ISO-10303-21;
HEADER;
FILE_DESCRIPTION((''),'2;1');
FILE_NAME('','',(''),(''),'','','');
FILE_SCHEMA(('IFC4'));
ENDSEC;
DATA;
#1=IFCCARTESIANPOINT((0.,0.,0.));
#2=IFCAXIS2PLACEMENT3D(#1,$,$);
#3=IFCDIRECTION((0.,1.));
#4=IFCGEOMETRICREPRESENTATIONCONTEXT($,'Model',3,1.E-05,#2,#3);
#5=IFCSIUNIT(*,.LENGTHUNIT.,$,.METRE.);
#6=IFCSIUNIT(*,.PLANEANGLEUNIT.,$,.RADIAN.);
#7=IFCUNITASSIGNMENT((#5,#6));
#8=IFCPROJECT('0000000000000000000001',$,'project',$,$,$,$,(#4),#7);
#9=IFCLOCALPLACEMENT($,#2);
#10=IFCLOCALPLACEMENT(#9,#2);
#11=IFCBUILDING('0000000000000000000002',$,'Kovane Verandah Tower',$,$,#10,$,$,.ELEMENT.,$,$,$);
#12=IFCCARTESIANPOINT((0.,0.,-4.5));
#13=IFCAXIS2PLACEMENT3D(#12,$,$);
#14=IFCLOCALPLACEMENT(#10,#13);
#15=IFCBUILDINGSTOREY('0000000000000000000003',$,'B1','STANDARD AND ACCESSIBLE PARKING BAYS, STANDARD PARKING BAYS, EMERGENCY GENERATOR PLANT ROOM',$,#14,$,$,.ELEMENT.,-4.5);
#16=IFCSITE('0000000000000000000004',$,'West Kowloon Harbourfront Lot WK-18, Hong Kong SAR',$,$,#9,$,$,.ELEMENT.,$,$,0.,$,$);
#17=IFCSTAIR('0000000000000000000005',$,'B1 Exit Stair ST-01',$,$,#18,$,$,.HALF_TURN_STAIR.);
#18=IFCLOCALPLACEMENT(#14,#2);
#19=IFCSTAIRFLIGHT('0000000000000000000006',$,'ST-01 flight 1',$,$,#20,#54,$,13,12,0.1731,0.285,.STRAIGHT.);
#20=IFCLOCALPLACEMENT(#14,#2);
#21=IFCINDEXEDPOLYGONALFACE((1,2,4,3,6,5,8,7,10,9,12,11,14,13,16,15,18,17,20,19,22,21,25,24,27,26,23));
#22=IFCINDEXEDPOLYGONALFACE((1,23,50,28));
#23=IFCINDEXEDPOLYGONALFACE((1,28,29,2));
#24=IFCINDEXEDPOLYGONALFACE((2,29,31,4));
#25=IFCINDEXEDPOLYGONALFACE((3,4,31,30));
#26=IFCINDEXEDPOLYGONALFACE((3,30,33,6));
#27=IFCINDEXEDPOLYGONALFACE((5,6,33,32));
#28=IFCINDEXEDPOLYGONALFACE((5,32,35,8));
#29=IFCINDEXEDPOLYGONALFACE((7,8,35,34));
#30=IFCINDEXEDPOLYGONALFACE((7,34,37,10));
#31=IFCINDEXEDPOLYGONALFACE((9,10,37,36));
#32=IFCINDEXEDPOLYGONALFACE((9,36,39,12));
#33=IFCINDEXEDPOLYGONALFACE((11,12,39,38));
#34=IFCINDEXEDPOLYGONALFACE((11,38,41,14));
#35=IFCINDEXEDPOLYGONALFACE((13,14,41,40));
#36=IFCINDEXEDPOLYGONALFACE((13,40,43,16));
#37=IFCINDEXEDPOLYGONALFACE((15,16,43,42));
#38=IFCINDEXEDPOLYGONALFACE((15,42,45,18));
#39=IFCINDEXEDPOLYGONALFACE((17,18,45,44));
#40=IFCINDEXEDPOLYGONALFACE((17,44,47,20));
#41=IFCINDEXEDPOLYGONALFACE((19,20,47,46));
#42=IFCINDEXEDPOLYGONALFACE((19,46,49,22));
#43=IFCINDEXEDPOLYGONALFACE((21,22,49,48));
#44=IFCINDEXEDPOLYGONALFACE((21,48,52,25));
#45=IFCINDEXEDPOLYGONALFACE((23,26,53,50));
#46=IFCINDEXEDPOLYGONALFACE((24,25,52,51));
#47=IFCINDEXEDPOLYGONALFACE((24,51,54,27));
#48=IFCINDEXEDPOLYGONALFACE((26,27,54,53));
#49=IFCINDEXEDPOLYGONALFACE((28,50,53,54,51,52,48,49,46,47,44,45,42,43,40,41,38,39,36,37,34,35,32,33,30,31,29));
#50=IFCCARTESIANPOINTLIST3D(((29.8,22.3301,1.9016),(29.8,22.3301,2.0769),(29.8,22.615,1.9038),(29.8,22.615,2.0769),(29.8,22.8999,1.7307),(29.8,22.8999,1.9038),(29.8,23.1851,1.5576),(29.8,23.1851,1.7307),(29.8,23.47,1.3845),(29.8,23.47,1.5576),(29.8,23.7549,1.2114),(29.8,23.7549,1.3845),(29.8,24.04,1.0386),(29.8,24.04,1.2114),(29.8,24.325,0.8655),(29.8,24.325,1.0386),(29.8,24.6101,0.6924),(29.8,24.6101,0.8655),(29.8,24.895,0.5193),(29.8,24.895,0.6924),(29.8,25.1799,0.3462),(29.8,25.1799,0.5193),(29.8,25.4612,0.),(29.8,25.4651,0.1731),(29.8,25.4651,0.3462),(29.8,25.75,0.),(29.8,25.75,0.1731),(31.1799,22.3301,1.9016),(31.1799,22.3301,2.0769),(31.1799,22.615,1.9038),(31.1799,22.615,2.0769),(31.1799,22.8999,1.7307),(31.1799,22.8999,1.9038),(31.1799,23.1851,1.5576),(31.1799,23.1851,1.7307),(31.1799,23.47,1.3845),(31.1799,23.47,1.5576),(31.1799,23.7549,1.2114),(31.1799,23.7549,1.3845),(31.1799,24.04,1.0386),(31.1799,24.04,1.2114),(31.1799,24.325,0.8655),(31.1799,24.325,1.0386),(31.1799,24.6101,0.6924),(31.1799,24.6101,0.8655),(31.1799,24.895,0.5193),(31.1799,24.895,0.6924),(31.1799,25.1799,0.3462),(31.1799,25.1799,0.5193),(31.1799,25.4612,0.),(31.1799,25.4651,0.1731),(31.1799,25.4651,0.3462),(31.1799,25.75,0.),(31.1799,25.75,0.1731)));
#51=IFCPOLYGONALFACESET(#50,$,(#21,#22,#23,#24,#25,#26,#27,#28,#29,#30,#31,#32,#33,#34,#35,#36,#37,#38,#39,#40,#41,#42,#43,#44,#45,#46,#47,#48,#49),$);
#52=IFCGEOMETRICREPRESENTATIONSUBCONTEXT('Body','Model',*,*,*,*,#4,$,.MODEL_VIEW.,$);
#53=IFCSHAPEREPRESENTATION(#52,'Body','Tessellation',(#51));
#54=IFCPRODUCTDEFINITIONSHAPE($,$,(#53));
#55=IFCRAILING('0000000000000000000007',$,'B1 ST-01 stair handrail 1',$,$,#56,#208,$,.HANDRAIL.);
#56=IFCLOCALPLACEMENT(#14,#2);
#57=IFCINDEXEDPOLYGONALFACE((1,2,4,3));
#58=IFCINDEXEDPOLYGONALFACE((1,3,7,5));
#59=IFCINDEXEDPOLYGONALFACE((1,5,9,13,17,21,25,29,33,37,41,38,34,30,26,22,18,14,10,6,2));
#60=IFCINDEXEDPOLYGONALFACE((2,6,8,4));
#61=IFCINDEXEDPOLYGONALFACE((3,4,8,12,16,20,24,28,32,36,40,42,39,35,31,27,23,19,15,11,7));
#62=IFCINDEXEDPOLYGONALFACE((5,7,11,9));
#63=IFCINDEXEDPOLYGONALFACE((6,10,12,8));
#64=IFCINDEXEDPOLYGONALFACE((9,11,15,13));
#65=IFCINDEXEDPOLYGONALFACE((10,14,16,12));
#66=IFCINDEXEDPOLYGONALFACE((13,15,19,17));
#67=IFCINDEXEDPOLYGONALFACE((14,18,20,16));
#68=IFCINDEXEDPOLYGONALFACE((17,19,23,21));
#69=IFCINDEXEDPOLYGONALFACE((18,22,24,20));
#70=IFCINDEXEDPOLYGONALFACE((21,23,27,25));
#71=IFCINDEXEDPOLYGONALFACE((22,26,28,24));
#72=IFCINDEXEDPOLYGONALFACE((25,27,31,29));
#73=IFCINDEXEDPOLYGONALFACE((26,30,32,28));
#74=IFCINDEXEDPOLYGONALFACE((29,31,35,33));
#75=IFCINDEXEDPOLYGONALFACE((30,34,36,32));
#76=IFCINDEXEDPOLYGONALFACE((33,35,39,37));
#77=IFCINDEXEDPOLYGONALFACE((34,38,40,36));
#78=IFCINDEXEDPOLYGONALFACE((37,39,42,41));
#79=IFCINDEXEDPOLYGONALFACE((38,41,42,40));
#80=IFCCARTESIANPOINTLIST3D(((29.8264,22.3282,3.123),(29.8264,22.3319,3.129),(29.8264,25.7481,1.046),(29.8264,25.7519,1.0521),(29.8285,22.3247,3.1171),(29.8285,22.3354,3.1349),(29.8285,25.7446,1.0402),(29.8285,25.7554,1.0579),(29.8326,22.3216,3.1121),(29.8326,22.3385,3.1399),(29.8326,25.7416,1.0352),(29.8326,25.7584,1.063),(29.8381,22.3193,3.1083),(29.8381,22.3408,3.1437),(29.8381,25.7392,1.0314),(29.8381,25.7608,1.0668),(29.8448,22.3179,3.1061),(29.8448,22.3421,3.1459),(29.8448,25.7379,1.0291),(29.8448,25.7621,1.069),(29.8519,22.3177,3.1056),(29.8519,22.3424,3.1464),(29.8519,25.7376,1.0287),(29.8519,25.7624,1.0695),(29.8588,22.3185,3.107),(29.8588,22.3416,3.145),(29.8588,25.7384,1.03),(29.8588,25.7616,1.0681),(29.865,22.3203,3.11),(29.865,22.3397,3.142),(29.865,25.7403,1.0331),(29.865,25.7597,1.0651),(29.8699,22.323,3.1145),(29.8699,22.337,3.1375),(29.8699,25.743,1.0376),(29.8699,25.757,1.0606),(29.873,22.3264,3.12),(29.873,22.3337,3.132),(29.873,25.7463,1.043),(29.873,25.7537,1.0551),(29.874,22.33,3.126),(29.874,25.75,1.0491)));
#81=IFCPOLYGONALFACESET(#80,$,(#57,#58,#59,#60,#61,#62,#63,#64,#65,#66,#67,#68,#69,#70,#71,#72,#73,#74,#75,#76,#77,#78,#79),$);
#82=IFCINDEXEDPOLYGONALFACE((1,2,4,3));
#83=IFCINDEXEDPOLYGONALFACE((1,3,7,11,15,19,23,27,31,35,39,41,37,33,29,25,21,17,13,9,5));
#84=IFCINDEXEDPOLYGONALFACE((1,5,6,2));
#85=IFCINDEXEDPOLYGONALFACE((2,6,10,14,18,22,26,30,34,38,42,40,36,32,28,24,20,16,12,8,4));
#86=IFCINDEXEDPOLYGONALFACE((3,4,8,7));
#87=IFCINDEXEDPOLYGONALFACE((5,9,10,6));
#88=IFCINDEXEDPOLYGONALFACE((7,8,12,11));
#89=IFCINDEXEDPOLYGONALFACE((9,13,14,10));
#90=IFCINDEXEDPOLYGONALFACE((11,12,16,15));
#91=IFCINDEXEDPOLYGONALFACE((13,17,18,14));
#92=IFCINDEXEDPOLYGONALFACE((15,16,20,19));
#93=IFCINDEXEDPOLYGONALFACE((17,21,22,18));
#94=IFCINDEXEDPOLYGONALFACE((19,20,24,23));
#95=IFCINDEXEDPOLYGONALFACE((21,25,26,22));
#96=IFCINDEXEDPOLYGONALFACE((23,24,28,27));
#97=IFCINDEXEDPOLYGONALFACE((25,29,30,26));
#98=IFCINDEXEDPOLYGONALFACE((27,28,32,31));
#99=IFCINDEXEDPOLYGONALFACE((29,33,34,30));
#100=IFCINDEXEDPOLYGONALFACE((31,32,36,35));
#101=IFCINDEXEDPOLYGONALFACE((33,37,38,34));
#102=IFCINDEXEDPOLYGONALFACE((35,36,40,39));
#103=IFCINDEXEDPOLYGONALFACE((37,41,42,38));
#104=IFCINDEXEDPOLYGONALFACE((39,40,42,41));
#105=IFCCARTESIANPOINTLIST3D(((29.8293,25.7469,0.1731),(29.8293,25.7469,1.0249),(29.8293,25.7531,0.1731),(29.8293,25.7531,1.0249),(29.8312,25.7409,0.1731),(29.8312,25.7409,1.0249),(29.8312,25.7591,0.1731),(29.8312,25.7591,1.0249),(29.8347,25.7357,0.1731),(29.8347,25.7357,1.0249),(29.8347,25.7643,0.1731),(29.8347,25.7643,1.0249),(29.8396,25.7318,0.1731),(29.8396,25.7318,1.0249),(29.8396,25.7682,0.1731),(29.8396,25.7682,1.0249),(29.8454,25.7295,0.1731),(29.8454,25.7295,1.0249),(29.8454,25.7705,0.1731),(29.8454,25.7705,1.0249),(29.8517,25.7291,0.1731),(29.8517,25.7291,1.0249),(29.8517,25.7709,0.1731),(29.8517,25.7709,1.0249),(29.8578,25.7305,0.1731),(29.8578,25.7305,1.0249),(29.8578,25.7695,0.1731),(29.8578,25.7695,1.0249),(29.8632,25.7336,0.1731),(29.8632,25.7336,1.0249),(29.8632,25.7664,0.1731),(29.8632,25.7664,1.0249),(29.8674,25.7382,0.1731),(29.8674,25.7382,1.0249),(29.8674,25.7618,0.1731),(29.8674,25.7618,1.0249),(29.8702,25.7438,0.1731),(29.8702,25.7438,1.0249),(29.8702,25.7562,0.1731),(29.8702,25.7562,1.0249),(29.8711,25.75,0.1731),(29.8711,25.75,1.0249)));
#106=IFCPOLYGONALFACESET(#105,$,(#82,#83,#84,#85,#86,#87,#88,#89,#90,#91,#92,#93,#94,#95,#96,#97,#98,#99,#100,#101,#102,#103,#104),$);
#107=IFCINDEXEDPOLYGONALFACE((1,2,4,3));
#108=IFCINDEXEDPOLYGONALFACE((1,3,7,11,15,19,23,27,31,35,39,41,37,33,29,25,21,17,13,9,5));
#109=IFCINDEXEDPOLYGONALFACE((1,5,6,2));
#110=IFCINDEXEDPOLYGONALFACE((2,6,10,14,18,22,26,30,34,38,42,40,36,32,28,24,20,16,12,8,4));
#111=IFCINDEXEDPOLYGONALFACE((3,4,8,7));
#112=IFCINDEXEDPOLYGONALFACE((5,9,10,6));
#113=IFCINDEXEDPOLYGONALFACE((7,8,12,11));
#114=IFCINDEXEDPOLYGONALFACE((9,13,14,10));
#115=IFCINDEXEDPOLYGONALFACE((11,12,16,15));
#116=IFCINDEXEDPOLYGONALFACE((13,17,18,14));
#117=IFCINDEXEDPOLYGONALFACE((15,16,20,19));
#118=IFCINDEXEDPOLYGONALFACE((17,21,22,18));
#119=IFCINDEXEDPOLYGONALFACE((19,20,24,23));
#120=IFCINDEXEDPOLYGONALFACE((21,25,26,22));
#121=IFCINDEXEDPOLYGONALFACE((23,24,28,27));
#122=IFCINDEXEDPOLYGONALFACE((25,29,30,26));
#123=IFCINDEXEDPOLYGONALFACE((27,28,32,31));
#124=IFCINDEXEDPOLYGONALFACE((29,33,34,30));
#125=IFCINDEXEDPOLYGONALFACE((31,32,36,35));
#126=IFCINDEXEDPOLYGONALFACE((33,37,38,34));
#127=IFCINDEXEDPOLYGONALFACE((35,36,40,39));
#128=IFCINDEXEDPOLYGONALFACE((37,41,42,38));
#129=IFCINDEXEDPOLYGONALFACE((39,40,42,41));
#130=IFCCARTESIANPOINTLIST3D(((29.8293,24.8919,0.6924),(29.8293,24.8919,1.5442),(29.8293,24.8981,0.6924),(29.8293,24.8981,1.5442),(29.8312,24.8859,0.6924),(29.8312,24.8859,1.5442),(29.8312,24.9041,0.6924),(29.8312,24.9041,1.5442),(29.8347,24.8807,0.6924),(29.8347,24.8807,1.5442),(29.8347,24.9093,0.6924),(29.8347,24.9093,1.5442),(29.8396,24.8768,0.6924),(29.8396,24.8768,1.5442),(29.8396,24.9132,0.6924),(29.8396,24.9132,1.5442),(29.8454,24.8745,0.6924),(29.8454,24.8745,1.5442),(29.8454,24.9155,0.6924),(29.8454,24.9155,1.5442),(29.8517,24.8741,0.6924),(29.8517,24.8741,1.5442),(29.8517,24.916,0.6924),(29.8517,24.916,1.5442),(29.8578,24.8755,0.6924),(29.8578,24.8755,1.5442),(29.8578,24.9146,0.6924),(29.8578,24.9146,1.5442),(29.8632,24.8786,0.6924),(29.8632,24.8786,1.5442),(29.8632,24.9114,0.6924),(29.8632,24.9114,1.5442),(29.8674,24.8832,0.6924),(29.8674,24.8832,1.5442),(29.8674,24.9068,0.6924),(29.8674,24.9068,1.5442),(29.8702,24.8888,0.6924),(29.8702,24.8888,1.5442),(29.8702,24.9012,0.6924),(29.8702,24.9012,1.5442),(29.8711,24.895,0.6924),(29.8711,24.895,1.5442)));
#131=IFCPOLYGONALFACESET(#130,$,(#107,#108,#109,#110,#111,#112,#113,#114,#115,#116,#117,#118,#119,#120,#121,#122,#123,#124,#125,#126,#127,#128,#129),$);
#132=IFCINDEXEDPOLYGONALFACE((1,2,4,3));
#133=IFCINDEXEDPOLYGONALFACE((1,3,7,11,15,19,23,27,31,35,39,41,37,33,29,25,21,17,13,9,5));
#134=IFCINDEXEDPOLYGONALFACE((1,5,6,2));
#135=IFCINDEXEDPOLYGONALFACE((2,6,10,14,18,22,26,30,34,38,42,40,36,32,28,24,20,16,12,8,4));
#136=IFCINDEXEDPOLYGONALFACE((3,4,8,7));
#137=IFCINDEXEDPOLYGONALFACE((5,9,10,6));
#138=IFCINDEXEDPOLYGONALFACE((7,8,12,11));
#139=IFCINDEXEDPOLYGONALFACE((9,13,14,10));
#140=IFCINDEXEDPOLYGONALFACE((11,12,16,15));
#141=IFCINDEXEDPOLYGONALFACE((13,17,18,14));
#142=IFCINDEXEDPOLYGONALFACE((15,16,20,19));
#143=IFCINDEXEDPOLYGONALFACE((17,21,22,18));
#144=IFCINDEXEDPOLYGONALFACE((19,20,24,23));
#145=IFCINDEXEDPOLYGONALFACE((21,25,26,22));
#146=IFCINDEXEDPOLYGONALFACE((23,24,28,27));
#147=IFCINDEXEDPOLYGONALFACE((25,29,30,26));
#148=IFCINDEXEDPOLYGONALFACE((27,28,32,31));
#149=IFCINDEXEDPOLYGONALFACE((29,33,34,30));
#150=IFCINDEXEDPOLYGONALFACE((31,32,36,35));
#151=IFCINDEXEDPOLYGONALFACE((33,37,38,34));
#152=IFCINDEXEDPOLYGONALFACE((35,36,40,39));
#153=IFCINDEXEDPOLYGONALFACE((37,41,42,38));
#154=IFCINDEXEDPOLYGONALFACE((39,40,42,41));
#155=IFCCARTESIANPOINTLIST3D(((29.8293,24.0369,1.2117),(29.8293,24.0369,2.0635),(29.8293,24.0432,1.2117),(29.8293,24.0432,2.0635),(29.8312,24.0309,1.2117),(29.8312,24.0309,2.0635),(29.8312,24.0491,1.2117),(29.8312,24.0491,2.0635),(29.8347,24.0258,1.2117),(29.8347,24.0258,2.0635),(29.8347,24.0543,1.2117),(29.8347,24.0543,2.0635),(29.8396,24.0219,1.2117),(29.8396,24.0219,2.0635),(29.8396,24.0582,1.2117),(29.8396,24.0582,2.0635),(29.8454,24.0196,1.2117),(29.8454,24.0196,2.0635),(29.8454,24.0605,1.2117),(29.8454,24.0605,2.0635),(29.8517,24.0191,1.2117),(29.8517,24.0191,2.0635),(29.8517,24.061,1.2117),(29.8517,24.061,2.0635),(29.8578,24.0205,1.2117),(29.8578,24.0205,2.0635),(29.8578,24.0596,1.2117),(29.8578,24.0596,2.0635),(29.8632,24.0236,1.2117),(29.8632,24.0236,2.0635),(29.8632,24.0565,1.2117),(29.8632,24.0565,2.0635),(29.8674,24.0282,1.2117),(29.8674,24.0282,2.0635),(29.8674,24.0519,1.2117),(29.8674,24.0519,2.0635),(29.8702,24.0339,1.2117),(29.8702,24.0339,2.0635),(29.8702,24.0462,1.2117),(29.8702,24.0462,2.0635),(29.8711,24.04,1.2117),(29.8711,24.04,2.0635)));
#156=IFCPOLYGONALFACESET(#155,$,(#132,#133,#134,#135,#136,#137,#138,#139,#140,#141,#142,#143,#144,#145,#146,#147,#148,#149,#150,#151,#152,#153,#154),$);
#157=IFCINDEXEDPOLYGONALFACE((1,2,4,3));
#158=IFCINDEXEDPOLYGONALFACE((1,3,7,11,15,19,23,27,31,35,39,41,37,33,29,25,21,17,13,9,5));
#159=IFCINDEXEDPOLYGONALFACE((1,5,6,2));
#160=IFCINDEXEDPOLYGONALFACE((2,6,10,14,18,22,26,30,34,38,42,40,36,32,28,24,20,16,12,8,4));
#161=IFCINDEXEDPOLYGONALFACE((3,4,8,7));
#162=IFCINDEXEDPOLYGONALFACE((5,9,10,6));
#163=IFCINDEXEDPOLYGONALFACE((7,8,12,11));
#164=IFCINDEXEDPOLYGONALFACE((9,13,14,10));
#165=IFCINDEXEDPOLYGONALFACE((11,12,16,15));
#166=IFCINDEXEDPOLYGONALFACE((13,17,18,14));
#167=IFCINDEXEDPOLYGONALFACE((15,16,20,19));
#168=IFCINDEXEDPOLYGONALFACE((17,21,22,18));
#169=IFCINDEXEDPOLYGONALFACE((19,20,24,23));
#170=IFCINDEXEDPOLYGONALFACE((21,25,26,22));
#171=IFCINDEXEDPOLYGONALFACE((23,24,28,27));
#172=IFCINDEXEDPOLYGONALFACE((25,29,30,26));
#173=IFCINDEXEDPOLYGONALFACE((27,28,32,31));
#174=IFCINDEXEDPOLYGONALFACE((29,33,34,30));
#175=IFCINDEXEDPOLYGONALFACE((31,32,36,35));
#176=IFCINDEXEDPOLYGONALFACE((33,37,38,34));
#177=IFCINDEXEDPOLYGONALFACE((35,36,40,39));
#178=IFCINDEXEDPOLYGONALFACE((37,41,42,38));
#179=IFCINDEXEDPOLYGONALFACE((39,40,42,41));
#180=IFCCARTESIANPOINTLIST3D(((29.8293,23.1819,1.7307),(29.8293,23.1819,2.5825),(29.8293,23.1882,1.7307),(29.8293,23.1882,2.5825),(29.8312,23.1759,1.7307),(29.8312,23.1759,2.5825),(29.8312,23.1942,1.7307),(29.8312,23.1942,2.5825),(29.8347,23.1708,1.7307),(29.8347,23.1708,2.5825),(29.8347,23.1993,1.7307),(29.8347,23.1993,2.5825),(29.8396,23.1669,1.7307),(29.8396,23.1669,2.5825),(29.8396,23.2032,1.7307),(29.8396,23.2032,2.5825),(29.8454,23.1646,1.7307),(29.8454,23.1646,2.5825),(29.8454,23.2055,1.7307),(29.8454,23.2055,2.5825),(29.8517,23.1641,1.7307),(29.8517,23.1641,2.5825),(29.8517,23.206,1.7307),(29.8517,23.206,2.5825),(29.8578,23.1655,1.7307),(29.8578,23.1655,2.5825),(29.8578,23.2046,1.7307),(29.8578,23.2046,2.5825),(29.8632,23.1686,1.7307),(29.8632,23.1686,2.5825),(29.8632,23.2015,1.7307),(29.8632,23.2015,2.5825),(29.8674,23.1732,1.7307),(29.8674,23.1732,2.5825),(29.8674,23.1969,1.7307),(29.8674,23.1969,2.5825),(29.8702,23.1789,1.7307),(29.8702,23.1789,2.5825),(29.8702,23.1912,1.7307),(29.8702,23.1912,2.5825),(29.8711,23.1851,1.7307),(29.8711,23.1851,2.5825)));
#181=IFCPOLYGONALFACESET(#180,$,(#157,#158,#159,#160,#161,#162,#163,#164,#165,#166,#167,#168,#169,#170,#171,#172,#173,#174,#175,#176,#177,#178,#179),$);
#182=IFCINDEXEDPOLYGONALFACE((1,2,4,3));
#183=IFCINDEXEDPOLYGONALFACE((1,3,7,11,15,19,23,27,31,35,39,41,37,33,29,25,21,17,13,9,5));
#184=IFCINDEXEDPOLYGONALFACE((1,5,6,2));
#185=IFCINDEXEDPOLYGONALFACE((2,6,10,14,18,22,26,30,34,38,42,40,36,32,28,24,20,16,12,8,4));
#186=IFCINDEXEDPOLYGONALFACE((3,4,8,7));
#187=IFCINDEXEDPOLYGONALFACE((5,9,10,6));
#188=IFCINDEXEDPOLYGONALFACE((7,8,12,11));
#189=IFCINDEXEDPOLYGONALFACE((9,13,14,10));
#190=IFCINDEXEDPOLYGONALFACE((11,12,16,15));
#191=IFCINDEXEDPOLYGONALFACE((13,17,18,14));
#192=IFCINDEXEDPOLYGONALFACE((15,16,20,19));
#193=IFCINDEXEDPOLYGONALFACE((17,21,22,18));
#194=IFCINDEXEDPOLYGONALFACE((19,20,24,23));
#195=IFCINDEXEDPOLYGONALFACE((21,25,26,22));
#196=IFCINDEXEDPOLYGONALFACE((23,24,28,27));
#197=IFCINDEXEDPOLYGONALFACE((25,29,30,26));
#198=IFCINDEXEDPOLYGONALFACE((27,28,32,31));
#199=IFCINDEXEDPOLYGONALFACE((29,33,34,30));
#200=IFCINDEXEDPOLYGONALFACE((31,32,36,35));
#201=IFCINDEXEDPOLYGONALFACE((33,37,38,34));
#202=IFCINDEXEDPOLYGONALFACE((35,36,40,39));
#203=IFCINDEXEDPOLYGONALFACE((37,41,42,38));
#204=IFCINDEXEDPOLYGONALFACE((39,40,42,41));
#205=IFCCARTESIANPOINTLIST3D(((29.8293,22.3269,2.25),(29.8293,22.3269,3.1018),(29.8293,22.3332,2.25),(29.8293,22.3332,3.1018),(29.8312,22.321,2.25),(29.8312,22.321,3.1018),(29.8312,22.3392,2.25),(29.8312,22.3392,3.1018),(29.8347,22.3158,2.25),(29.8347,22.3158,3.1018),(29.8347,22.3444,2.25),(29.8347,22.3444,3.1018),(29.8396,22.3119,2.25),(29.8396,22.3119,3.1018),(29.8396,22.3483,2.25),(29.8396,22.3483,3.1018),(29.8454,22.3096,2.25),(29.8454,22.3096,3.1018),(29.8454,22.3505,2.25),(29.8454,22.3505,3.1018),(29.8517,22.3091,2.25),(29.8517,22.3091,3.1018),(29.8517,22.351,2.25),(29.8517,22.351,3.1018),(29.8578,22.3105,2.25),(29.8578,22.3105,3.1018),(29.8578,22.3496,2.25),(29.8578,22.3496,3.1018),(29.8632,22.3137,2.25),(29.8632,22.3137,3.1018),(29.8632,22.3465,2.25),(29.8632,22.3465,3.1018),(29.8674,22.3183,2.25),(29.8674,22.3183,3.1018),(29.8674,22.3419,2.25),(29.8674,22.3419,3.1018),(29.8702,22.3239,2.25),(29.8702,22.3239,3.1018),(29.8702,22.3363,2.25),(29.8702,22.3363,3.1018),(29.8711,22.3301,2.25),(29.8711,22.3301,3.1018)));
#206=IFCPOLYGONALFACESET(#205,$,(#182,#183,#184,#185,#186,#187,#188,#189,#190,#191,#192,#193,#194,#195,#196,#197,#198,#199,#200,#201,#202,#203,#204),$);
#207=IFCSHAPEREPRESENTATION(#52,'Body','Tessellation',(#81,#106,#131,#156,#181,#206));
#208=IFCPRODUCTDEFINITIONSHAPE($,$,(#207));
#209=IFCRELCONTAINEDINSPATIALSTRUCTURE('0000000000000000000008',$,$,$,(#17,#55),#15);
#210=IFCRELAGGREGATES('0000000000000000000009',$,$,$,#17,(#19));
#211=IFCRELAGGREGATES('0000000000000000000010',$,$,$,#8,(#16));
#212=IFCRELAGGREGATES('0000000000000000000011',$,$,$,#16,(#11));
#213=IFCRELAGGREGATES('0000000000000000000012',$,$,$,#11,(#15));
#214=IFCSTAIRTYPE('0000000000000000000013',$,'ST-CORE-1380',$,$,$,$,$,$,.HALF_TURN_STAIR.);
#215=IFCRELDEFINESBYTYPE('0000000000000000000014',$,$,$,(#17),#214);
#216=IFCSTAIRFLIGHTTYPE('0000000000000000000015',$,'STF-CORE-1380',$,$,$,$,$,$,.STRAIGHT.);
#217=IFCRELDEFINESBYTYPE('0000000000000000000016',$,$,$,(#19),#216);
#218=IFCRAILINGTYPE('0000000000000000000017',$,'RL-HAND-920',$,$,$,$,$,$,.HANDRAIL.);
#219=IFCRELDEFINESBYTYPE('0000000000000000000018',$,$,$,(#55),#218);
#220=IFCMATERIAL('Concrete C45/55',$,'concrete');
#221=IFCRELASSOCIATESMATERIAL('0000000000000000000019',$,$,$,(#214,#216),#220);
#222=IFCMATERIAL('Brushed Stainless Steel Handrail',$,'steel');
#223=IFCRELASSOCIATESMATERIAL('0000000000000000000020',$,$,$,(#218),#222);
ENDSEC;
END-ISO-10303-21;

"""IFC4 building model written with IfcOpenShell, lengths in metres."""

from ifc_helpers import new_model, si_unit, direction, frame, origin, origin_2d, place, context, subcontext, project, spatial, polyline, circle, outline, extrude, material, type_object, element, aggregate, save


model = new_model("IFC4")

# Units and contexts
model_context = context("Model", 3, precision=1e-05, world=origin(), true_north=direction((0.0, 1.0)))
body_context = subcontext(model_context, "Body", "Model", "MODEL_VIEW")
ifc_project = project(units=[si_unit("LENGTHUNIT", "METRE"), si_unit("PLANEANGLEUNIT", "RADIAN")], contexts=[model_context])

# Site, building, storey
site_placement = place(None, origin())
site = spatial("IfcSite", under=ifc_project, at=site_placement, Name="West Kowloon Harbourfront Lot WK-18, Hong Kong SAR", CompositionType="ELEMENT", RefElevation=0.0)
building_placement = place(site_placement, origin())
building = spatial("IfcBuilding", under=site, at=building_placement, Name="Kovane Verandah Tower", CompositionType="ELEMENT")
storey_placement = place(building_placement, frame((0.0, 0.0, -4.5)))
storey = spatial("IfcBuildingStorey", under=building, at=storey_placement, Name="B1", Description="STANDARD AND ACCESSIBLE PARKING BAYS, STANDARD PARKING BAYS, EMERGENCY GENERATOR PLANT ROOM", CompositionType="ELEMENT", Elevation=-4.5)

# Shared definitions
ifc_material_1 = material(Name="Concrete C45/55", Category="concrete")

# Stair, stair flight
stair_type = type_object("IfcStairType", Name="ST-CORE-1380", PredefinedType="HALF_TURN_STAIR", material=ifc_material_1)
stair_placement = place(storey_placement, origin())
stair = element("IfcStair", 1, at=stair_placement, inside=storey, type_object=stair_type, Name="B1 Exit Stair ST-01", PredefinedType="HALF_TURN_STAIR")
stair_flight_type = type_object("IfcStairFlightType", Name="STF-CORE-1380", PredefinedType="STRAIGHT", material=ifc_material_1)
stair_flight_placement = place(storey_placement, frame((30.49, 25.75, 0.0), z_axis=(0.0, 0.0, 1.0), x_axis=(0.0, -1.0, 0.0)))
stair_flight = element("IfcStairFlight", 2, at=stair_flight_placement, type_object=stair_flight_type, Name="ST-01 flight 1", NumberOfRisers=13, NumberOfTreads=12, PredefinedType="STRAIGHT", RiserHeight=0.1731, TreadLength=0.285, context=body_context, shape_type="SweptSolid", body=[
    extrude(outline(polyline([(0.0, 0.0), (0.0, 0.1731), (0.2849, 0.1731), (0.2849, 0.3462), (0.5701, 0.3462), (0.5701, 0.5193), (0.855, 0.5193), (0.855, 0.6924), (1.1399, 0.6924), (1.1399, 0.8655), (1.425, 0.8655), (1.425, 1.0386), (1.71, 1.0386), (1.71, 1.2114), (1.9951, 1.2114), (1.9951, 1.3845), (2.28, 1.3845), (2.28, 1.5576), (2.5649, 1.5576), (2.5649, 1.7307), (2.8501, 1.7307), (2.8501, 1.9038), (3.135, 1.9038), (3.135, 2.0769), (3.4199, 2.0769), (3.4199, 2.25), (3.4199, 1.9016), (0.2888, 0.0), (0.0, 0.0)])), frame((0.0, 0.6899, 0.0), z_axis=(0.0, -1.0, 0.0), x_axis=(1.0, 0.0, 0.0)), (0.0, 0.0, 1.0), 1.3799),
])
aggregate(stair, [stair_flight])

# Railing
ifc_material_2 = material(Name="Brushed Stainless Steel Handrail", Category="steel")
railing_type_1 = type_object("IfcRailingType", Name="RL-HAND-920", PredefinedType="HANDRAIL", material=ifc_material_2)
railing_1_placement = place(storey_placement, frame((29.8501, 25.75, 0.1731)))
element("IfcRailing", 3, at=railing_1_placement, inside=storey, type_object=railing_type_1, Name="B1 ST-01 stair handrail 1", PredefinedType="HANDRAIL", context=body_context, shape_type="SweptSolid", body=[
    extrude(circle(Radius=0.0239, at=origin_2d()), frame((0.0, 0.0, 0.876), z_axis=(0.0, -0.85473, 0.519074), x_axis=(1.0, 0.0, 0.0)), (0.0, 0.0, 1.0), 4.0012),
    extrude(circle(Radius=0.021, at=origin_2d()), origin(), (0.0, 0.0, 1.0), 0.8518),
    extrude(circle(Radius=0.021, at=origin_2d()), frame((0.0, -0.855, 0.5193)), (0.0, 0.0, 1.0), 0.8518),
    extrude(circle(Radius=0.021, at=origin_2d()), frame((0.0, -1.71, 1.0386)), (0.0, 0.0, 1.0), 0.8518),
    extrude(circle(Radius=0.021, at=origin_2d()), frame((0.0, -2.5649, 1.5576)), (0.0, 0.0, 1.0), 0.8518),
    extrude(circle(Radius=0.021, at=origin_2d()), frame((0.0, -3.4199, 2.0769)), (0.0, 0.0, 1.0), 0.8518),
])

save(model, "model.ifc")
